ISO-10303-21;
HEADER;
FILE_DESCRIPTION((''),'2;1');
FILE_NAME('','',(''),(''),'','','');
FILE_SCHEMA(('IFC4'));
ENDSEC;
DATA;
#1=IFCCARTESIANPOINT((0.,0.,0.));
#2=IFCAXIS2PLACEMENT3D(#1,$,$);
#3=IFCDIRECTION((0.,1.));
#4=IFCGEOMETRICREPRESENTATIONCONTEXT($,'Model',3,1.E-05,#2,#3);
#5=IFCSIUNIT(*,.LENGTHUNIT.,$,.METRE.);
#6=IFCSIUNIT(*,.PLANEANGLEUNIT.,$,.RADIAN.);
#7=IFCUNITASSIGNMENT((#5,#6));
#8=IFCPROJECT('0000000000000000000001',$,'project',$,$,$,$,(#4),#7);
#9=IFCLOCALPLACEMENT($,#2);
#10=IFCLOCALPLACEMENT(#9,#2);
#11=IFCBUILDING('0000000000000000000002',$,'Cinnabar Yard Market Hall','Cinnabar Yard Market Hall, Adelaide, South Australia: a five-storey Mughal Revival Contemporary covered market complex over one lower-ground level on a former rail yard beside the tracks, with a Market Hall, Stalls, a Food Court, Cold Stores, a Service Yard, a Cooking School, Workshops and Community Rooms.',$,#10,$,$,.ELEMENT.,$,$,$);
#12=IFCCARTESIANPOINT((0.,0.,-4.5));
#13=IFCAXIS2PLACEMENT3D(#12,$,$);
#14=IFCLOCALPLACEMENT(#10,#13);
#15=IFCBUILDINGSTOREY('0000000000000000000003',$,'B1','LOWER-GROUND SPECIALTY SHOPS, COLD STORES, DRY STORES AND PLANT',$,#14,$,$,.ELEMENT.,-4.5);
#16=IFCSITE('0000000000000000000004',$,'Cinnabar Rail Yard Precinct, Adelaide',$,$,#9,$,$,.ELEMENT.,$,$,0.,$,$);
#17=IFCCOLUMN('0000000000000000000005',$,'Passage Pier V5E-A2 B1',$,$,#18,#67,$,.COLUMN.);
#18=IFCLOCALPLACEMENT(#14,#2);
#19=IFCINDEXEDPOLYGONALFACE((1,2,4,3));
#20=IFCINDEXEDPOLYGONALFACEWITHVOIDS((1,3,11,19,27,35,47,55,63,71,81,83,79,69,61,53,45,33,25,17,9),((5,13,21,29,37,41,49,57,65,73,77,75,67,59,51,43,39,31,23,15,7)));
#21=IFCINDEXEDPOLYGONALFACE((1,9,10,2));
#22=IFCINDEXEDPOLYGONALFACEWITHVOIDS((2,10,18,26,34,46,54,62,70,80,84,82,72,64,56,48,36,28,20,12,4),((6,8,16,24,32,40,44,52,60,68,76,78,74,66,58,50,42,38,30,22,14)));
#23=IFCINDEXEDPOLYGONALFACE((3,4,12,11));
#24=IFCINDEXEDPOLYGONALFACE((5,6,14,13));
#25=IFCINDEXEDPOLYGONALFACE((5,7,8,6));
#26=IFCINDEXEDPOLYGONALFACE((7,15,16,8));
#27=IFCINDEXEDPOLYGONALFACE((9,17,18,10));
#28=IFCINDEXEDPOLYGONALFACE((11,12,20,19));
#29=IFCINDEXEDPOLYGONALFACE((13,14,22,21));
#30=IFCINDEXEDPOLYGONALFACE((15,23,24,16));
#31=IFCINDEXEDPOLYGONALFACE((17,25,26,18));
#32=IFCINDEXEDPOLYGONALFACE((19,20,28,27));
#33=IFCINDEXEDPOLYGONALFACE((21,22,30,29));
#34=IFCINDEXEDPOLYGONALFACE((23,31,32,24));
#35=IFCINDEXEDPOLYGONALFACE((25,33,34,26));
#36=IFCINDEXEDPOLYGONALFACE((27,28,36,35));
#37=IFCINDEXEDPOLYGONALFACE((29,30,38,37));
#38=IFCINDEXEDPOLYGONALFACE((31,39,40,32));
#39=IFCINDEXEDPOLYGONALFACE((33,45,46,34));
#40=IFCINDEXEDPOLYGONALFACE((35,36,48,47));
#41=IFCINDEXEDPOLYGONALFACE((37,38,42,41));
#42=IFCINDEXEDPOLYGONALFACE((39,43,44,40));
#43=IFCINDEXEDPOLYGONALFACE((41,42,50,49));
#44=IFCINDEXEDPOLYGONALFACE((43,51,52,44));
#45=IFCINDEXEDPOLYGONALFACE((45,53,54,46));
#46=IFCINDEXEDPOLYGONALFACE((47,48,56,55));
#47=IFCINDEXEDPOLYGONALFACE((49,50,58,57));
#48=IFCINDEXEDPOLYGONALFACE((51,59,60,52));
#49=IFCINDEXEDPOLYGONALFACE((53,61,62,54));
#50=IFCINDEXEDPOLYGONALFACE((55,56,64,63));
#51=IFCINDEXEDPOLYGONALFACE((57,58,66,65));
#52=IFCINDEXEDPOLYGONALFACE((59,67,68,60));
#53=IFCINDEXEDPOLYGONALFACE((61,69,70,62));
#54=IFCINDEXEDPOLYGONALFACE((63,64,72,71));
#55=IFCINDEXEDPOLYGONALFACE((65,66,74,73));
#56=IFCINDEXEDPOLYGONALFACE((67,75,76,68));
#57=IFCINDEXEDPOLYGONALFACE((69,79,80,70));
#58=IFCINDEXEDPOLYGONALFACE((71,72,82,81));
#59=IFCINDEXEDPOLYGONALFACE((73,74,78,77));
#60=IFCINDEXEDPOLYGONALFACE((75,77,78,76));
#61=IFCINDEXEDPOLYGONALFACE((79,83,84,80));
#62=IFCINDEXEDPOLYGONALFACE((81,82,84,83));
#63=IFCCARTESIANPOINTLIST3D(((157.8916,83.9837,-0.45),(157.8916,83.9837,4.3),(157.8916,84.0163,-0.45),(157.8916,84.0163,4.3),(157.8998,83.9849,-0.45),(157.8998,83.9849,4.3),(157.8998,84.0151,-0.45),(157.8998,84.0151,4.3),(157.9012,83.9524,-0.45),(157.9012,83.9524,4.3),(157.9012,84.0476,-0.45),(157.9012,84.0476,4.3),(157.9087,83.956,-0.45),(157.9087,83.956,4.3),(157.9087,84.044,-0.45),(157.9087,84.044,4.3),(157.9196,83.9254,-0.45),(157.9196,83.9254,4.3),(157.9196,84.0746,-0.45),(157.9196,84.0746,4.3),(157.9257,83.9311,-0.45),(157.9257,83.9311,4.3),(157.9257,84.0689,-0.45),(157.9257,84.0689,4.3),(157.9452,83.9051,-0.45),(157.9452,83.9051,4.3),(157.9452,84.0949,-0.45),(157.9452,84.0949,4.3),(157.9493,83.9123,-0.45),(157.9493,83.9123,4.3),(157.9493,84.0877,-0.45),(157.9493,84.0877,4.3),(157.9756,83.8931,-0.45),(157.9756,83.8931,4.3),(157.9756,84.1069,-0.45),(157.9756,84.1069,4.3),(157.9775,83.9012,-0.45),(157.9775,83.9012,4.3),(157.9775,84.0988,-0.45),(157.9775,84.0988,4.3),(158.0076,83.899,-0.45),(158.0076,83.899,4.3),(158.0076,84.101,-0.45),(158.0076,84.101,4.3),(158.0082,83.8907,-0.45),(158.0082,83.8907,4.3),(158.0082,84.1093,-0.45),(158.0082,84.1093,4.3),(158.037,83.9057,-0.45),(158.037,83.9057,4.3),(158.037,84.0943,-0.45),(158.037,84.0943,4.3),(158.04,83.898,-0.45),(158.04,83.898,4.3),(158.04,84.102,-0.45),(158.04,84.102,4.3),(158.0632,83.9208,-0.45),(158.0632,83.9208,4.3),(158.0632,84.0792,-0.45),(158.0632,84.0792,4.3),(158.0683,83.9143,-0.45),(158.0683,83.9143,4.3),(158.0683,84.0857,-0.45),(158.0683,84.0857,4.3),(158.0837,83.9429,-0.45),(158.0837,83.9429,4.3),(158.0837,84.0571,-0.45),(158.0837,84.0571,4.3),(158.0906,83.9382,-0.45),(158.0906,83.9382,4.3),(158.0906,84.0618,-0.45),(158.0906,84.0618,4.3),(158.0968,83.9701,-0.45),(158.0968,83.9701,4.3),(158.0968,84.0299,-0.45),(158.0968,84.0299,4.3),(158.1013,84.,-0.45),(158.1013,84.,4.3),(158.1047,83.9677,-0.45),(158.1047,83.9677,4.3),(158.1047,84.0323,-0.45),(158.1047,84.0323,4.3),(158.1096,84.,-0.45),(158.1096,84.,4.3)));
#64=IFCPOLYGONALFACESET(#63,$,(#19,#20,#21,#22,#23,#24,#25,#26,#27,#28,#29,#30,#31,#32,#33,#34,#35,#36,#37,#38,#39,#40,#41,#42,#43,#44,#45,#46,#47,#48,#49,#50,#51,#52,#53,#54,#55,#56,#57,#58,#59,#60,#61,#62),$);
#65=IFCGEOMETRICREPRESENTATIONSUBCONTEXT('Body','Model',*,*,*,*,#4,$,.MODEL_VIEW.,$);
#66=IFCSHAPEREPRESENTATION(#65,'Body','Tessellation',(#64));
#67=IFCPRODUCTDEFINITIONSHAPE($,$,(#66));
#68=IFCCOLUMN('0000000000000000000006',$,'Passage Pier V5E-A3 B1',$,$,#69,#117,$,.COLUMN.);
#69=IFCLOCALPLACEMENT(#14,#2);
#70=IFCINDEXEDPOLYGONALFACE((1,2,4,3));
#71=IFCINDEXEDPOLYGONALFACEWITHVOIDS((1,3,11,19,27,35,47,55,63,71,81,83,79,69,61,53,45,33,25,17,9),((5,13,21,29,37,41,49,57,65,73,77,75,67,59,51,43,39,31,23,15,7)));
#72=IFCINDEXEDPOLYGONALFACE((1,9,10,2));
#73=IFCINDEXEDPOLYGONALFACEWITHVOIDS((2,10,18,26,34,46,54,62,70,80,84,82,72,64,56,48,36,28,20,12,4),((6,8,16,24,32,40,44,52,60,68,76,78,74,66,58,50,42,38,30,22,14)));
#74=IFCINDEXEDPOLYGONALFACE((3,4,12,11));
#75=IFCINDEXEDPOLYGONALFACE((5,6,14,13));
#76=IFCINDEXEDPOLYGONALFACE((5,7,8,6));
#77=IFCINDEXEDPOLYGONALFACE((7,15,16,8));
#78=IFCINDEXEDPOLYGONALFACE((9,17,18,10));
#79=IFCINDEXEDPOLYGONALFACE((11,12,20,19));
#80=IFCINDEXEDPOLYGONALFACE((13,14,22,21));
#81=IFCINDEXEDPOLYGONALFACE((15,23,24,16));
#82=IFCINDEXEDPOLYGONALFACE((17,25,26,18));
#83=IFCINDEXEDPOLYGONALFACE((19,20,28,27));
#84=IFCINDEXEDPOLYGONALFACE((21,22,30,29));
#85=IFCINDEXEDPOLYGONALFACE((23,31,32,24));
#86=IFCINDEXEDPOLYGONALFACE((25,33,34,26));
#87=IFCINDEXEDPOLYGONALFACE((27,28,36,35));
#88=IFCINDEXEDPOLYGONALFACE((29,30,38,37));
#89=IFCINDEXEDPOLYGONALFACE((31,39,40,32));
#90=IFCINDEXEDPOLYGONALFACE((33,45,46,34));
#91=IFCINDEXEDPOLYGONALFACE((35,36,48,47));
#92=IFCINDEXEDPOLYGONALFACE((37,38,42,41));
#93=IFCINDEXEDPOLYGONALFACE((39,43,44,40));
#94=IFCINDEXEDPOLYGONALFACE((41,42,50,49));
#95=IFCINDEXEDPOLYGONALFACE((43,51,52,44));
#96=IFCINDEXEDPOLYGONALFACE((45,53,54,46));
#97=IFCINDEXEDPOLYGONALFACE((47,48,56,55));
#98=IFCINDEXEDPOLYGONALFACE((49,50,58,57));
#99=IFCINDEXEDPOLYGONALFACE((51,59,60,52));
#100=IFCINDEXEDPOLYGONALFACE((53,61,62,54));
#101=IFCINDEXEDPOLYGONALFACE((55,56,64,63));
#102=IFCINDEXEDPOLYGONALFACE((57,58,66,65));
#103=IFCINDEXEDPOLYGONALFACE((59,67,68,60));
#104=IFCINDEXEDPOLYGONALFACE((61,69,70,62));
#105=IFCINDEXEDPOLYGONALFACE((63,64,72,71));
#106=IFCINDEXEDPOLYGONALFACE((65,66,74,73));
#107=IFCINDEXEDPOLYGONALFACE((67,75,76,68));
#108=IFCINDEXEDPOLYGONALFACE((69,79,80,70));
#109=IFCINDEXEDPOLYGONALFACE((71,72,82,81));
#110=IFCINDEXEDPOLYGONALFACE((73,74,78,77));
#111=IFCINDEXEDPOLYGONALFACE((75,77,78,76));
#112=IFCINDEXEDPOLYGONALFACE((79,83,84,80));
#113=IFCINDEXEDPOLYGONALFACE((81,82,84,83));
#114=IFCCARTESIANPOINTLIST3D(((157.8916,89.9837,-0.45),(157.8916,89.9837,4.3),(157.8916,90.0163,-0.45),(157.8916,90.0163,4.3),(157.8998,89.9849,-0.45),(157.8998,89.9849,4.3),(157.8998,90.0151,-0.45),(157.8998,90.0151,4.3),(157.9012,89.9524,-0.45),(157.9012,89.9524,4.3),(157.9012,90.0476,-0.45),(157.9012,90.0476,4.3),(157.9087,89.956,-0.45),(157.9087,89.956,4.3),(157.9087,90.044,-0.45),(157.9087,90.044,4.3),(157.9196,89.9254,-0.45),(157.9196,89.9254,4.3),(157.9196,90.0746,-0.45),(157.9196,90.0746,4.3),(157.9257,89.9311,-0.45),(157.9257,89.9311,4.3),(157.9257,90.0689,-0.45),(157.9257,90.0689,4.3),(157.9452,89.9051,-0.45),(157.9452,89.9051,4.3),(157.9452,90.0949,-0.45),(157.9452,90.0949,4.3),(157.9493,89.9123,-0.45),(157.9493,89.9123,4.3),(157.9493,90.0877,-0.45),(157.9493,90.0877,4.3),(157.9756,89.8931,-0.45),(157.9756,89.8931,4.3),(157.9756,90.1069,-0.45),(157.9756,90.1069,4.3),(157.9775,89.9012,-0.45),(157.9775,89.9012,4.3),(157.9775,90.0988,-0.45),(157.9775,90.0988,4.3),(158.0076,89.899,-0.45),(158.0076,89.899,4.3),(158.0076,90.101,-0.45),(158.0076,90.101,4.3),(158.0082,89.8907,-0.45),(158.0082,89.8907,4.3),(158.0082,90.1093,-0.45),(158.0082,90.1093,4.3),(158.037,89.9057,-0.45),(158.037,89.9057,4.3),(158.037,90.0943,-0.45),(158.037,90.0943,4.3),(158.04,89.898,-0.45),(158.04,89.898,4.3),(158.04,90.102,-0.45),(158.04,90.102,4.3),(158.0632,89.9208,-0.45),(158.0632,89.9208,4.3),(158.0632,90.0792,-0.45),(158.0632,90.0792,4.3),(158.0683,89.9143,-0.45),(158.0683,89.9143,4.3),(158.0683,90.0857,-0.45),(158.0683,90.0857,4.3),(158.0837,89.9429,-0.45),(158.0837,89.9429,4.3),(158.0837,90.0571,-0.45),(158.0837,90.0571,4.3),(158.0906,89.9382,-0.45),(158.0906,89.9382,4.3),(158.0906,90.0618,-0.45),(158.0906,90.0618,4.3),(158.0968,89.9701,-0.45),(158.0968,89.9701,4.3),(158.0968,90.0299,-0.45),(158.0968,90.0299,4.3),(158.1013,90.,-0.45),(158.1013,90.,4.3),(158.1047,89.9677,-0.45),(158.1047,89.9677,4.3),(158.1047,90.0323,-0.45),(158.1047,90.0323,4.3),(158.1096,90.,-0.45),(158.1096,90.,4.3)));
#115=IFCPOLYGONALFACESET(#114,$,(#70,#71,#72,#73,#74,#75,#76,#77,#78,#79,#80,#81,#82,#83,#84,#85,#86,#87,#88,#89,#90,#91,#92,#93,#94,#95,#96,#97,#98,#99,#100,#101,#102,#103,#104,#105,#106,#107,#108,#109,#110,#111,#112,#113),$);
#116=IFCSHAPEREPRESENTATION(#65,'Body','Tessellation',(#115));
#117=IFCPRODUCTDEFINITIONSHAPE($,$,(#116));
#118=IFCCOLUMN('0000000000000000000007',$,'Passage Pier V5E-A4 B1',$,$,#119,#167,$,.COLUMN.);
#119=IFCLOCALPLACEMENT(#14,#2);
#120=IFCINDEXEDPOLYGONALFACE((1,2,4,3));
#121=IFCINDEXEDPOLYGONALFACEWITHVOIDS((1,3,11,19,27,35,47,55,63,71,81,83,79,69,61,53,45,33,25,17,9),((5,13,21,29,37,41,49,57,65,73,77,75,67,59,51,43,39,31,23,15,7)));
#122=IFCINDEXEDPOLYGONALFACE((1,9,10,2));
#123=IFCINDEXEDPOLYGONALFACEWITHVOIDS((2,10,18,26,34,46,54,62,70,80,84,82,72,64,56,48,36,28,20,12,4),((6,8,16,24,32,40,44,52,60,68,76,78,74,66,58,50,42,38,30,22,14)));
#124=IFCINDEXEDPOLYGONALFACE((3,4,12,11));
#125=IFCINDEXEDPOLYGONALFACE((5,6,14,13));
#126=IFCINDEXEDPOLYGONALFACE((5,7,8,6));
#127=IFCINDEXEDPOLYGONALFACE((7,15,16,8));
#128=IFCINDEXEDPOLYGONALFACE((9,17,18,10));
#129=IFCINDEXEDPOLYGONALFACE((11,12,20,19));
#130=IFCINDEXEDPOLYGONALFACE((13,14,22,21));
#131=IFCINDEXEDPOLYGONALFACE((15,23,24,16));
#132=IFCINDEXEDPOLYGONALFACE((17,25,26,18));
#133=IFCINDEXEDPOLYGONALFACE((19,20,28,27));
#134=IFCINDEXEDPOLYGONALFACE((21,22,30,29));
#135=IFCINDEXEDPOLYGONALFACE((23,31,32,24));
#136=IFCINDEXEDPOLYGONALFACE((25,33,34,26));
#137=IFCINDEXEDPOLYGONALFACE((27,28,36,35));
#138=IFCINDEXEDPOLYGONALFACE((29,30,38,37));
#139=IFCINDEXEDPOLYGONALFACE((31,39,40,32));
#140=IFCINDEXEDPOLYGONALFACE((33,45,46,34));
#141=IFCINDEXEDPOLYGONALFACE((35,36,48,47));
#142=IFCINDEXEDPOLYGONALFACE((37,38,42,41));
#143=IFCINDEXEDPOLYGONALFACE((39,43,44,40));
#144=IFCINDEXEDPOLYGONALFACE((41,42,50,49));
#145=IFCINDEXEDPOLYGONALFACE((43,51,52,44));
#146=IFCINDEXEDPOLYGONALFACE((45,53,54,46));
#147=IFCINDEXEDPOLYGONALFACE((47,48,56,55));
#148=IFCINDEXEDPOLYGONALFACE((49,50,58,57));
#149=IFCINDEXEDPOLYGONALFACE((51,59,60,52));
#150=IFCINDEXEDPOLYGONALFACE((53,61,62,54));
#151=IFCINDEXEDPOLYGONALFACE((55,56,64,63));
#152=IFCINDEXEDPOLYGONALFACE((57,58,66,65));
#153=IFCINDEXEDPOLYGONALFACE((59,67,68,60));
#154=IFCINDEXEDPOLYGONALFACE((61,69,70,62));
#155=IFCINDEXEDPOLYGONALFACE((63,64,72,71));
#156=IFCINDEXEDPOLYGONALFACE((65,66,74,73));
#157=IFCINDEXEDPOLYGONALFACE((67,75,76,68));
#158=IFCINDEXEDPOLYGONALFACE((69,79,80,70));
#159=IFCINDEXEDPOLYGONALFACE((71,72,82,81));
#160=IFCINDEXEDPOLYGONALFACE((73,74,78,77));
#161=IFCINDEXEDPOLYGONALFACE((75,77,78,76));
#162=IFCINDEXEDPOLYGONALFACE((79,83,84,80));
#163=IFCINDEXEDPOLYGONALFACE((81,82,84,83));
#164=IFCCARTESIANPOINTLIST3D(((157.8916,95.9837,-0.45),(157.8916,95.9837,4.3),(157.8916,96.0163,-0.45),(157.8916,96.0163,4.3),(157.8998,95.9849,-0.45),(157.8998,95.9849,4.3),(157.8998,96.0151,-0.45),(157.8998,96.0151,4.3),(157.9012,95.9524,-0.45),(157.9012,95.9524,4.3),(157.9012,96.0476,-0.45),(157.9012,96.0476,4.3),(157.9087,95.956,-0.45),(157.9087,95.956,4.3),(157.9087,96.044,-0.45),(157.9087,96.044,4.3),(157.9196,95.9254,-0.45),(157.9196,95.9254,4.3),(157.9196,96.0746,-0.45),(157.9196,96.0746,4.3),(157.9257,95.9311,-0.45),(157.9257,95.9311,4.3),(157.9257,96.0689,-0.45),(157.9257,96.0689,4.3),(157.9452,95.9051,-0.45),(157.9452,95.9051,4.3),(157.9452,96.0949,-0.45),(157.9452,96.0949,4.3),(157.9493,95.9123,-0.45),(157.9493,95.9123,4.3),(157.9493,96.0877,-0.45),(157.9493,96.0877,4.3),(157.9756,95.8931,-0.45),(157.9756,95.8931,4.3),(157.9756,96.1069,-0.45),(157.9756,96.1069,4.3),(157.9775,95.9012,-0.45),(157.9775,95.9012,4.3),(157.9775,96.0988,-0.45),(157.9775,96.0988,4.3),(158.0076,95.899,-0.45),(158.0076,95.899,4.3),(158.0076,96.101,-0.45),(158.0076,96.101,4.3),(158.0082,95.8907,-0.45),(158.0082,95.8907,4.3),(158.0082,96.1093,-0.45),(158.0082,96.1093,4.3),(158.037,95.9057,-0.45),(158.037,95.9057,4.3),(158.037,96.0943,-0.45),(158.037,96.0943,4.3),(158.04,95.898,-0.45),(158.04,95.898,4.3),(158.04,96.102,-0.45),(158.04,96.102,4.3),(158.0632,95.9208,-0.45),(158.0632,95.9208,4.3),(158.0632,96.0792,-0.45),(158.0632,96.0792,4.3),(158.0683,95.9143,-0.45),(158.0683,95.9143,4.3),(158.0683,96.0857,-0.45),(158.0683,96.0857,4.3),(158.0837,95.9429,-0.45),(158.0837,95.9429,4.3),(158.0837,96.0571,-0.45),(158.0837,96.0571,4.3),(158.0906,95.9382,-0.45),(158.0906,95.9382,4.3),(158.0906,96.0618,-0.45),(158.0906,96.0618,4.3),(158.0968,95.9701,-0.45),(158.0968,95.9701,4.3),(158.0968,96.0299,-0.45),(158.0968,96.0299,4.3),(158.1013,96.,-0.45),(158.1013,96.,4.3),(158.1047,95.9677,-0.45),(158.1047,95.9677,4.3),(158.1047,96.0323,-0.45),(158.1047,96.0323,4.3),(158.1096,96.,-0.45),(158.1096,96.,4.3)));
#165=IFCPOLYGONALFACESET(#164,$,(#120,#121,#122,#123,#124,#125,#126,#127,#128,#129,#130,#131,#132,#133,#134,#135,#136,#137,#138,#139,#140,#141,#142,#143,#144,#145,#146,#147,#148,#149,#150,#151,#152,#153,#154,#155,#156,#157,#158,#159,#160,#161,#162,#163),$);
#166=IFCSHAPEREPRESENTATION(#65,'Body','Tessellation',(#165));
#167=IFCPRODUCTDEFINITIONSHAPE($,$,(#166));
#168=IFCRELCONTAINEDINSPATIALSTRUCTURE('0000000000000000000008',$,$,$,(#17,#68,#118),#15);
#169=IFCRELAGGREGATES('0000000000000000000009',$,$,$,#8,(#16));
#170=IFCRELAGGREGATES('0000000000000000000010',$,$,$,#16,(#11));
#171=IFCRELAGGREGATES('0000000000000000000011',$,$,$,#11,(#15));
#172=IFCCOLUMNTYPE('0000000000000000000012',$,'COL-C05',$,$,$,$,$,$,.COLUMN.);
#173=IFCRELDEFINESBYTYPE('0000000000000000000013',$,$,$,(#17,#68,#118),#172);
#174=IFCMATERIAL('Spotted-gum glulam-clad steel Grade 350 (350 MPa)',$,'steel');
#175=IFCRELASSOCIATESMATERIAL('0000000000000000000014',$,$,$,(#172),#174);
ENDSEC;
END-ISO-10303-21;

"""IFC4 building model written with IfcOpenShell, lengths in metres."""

from ifc_helpers import new_model, si_unit, direction, frame, origin, origin_2d_with_axis, place, context, subcontext, project, spatial, hollow_circle, extrude, material, material_profile, profile_set, type_object, element, save


model = new_model("IFC4")

# Units and contexts
model_context = context("Model", 3, precision=1e-05, world=origin(), true_north=direction((0.0, 1.0)))
body_context = subcontext(model_context, "Body", "Model", "MODEL_VIEW")
ifc_project = project(units=[si_unit("LENGTHUNIT", "METRE"), si_unit("PLANEANGLEUNIT", "RADIAN")], contexts=[model_context])

# Site, building, storey
site_placement = place(None, origin())
site = spatial("IfcSite", under=ifc_project, at=site_placement, Name="Cinnabar Rail Yard Precinct, Adelaide", CompositionType="ELEMENT", RefElevation=0.0)
building_placement = place(site_placement, origin())
building = spatial("IfcBuilding", under=site, at=building_placement, Name="Cinnabar Yard Market Hall", Description="Cinnabar Yard Market Hall, Adelaide, South Australia: a five-storey Mughal Revival Contemporary covered market complex over one lower-ground level on a former rail yard beside the tracks, with a Market Hall, Stalls, a Food Court, Cold Stores, a Service Yard, a Cooking School, Workshops and Community Rooms.", CompositionType="ELEMENT")
storey_placement = place(building_placement, frame((0.0, 0.0, -4.5)))
storey = spatial("IfcBuildingStorey", under=building, at=storey_placement, Name="B1", Description="LOWER-GROUND SPECIALTY SHOPS, COLD STORES, DRY STORES AND PLANT", CompositionType="ELEMENT", Elevation=-4.5)

# Columns
ifc_material_1 = material(Name="Spotted-gum glulam-clad steel Grade 350 (350 MPa)", Category="steel")
ifc_material_profile_1 = material_profile(ifc_material_1, hollow_circle(Radius=0.1096, WallThickness=0.0083, at=origin_2d_with_axis()), Name="219.1x8.2CHS")
ifc_profile_set_1 = profile_set([ifc_material_profile_1], Name="Spotted-gum glulam-clad steel Grade 350 (350 MPa)")
column_type_1 = type_object("IfcColumnType", Name="COL-C05", PredefinedType="COLUMN", material=ifc_profile_set_1)
for number, where, z_axis, x_axis, name in (
    (1, (158.0, 84.0, -0.45), (0.0, 0.0, 1.0), (1.0, 0.0, 0.0), "Passage Pier V5E-A2 B1"),
    (2, (158.0, 90.0, -0.45), (0.0, 0.0, 1.0), (1.0, 0.0, 0.0), "Passage Pier V5E-A3 B1"),
    (3, (158.0, 96.0, -0.45), (0.0, 0.0, 1.0), (1.0, 0.0, 0.0), "Passage Pier V5E-A4 B1"),
):
    element("IfcColumn", number, at=place(storey_placement, frame(where, z_axis=z_axis, x_axis=x_axis)), inside=storey, type_object=column_type_1, Name=name, PredefinedType="COLUMN", context=body_context, shape_type="SweptSolid", body=[
        extrude(hollow_circle(Radius=0.1096, WallThickness=0.0083, at=origin_2d_with_axis()), origin(), (0.0, 0.0, 1.0), 4.75),
    ])

save(model, "model.ifc")
